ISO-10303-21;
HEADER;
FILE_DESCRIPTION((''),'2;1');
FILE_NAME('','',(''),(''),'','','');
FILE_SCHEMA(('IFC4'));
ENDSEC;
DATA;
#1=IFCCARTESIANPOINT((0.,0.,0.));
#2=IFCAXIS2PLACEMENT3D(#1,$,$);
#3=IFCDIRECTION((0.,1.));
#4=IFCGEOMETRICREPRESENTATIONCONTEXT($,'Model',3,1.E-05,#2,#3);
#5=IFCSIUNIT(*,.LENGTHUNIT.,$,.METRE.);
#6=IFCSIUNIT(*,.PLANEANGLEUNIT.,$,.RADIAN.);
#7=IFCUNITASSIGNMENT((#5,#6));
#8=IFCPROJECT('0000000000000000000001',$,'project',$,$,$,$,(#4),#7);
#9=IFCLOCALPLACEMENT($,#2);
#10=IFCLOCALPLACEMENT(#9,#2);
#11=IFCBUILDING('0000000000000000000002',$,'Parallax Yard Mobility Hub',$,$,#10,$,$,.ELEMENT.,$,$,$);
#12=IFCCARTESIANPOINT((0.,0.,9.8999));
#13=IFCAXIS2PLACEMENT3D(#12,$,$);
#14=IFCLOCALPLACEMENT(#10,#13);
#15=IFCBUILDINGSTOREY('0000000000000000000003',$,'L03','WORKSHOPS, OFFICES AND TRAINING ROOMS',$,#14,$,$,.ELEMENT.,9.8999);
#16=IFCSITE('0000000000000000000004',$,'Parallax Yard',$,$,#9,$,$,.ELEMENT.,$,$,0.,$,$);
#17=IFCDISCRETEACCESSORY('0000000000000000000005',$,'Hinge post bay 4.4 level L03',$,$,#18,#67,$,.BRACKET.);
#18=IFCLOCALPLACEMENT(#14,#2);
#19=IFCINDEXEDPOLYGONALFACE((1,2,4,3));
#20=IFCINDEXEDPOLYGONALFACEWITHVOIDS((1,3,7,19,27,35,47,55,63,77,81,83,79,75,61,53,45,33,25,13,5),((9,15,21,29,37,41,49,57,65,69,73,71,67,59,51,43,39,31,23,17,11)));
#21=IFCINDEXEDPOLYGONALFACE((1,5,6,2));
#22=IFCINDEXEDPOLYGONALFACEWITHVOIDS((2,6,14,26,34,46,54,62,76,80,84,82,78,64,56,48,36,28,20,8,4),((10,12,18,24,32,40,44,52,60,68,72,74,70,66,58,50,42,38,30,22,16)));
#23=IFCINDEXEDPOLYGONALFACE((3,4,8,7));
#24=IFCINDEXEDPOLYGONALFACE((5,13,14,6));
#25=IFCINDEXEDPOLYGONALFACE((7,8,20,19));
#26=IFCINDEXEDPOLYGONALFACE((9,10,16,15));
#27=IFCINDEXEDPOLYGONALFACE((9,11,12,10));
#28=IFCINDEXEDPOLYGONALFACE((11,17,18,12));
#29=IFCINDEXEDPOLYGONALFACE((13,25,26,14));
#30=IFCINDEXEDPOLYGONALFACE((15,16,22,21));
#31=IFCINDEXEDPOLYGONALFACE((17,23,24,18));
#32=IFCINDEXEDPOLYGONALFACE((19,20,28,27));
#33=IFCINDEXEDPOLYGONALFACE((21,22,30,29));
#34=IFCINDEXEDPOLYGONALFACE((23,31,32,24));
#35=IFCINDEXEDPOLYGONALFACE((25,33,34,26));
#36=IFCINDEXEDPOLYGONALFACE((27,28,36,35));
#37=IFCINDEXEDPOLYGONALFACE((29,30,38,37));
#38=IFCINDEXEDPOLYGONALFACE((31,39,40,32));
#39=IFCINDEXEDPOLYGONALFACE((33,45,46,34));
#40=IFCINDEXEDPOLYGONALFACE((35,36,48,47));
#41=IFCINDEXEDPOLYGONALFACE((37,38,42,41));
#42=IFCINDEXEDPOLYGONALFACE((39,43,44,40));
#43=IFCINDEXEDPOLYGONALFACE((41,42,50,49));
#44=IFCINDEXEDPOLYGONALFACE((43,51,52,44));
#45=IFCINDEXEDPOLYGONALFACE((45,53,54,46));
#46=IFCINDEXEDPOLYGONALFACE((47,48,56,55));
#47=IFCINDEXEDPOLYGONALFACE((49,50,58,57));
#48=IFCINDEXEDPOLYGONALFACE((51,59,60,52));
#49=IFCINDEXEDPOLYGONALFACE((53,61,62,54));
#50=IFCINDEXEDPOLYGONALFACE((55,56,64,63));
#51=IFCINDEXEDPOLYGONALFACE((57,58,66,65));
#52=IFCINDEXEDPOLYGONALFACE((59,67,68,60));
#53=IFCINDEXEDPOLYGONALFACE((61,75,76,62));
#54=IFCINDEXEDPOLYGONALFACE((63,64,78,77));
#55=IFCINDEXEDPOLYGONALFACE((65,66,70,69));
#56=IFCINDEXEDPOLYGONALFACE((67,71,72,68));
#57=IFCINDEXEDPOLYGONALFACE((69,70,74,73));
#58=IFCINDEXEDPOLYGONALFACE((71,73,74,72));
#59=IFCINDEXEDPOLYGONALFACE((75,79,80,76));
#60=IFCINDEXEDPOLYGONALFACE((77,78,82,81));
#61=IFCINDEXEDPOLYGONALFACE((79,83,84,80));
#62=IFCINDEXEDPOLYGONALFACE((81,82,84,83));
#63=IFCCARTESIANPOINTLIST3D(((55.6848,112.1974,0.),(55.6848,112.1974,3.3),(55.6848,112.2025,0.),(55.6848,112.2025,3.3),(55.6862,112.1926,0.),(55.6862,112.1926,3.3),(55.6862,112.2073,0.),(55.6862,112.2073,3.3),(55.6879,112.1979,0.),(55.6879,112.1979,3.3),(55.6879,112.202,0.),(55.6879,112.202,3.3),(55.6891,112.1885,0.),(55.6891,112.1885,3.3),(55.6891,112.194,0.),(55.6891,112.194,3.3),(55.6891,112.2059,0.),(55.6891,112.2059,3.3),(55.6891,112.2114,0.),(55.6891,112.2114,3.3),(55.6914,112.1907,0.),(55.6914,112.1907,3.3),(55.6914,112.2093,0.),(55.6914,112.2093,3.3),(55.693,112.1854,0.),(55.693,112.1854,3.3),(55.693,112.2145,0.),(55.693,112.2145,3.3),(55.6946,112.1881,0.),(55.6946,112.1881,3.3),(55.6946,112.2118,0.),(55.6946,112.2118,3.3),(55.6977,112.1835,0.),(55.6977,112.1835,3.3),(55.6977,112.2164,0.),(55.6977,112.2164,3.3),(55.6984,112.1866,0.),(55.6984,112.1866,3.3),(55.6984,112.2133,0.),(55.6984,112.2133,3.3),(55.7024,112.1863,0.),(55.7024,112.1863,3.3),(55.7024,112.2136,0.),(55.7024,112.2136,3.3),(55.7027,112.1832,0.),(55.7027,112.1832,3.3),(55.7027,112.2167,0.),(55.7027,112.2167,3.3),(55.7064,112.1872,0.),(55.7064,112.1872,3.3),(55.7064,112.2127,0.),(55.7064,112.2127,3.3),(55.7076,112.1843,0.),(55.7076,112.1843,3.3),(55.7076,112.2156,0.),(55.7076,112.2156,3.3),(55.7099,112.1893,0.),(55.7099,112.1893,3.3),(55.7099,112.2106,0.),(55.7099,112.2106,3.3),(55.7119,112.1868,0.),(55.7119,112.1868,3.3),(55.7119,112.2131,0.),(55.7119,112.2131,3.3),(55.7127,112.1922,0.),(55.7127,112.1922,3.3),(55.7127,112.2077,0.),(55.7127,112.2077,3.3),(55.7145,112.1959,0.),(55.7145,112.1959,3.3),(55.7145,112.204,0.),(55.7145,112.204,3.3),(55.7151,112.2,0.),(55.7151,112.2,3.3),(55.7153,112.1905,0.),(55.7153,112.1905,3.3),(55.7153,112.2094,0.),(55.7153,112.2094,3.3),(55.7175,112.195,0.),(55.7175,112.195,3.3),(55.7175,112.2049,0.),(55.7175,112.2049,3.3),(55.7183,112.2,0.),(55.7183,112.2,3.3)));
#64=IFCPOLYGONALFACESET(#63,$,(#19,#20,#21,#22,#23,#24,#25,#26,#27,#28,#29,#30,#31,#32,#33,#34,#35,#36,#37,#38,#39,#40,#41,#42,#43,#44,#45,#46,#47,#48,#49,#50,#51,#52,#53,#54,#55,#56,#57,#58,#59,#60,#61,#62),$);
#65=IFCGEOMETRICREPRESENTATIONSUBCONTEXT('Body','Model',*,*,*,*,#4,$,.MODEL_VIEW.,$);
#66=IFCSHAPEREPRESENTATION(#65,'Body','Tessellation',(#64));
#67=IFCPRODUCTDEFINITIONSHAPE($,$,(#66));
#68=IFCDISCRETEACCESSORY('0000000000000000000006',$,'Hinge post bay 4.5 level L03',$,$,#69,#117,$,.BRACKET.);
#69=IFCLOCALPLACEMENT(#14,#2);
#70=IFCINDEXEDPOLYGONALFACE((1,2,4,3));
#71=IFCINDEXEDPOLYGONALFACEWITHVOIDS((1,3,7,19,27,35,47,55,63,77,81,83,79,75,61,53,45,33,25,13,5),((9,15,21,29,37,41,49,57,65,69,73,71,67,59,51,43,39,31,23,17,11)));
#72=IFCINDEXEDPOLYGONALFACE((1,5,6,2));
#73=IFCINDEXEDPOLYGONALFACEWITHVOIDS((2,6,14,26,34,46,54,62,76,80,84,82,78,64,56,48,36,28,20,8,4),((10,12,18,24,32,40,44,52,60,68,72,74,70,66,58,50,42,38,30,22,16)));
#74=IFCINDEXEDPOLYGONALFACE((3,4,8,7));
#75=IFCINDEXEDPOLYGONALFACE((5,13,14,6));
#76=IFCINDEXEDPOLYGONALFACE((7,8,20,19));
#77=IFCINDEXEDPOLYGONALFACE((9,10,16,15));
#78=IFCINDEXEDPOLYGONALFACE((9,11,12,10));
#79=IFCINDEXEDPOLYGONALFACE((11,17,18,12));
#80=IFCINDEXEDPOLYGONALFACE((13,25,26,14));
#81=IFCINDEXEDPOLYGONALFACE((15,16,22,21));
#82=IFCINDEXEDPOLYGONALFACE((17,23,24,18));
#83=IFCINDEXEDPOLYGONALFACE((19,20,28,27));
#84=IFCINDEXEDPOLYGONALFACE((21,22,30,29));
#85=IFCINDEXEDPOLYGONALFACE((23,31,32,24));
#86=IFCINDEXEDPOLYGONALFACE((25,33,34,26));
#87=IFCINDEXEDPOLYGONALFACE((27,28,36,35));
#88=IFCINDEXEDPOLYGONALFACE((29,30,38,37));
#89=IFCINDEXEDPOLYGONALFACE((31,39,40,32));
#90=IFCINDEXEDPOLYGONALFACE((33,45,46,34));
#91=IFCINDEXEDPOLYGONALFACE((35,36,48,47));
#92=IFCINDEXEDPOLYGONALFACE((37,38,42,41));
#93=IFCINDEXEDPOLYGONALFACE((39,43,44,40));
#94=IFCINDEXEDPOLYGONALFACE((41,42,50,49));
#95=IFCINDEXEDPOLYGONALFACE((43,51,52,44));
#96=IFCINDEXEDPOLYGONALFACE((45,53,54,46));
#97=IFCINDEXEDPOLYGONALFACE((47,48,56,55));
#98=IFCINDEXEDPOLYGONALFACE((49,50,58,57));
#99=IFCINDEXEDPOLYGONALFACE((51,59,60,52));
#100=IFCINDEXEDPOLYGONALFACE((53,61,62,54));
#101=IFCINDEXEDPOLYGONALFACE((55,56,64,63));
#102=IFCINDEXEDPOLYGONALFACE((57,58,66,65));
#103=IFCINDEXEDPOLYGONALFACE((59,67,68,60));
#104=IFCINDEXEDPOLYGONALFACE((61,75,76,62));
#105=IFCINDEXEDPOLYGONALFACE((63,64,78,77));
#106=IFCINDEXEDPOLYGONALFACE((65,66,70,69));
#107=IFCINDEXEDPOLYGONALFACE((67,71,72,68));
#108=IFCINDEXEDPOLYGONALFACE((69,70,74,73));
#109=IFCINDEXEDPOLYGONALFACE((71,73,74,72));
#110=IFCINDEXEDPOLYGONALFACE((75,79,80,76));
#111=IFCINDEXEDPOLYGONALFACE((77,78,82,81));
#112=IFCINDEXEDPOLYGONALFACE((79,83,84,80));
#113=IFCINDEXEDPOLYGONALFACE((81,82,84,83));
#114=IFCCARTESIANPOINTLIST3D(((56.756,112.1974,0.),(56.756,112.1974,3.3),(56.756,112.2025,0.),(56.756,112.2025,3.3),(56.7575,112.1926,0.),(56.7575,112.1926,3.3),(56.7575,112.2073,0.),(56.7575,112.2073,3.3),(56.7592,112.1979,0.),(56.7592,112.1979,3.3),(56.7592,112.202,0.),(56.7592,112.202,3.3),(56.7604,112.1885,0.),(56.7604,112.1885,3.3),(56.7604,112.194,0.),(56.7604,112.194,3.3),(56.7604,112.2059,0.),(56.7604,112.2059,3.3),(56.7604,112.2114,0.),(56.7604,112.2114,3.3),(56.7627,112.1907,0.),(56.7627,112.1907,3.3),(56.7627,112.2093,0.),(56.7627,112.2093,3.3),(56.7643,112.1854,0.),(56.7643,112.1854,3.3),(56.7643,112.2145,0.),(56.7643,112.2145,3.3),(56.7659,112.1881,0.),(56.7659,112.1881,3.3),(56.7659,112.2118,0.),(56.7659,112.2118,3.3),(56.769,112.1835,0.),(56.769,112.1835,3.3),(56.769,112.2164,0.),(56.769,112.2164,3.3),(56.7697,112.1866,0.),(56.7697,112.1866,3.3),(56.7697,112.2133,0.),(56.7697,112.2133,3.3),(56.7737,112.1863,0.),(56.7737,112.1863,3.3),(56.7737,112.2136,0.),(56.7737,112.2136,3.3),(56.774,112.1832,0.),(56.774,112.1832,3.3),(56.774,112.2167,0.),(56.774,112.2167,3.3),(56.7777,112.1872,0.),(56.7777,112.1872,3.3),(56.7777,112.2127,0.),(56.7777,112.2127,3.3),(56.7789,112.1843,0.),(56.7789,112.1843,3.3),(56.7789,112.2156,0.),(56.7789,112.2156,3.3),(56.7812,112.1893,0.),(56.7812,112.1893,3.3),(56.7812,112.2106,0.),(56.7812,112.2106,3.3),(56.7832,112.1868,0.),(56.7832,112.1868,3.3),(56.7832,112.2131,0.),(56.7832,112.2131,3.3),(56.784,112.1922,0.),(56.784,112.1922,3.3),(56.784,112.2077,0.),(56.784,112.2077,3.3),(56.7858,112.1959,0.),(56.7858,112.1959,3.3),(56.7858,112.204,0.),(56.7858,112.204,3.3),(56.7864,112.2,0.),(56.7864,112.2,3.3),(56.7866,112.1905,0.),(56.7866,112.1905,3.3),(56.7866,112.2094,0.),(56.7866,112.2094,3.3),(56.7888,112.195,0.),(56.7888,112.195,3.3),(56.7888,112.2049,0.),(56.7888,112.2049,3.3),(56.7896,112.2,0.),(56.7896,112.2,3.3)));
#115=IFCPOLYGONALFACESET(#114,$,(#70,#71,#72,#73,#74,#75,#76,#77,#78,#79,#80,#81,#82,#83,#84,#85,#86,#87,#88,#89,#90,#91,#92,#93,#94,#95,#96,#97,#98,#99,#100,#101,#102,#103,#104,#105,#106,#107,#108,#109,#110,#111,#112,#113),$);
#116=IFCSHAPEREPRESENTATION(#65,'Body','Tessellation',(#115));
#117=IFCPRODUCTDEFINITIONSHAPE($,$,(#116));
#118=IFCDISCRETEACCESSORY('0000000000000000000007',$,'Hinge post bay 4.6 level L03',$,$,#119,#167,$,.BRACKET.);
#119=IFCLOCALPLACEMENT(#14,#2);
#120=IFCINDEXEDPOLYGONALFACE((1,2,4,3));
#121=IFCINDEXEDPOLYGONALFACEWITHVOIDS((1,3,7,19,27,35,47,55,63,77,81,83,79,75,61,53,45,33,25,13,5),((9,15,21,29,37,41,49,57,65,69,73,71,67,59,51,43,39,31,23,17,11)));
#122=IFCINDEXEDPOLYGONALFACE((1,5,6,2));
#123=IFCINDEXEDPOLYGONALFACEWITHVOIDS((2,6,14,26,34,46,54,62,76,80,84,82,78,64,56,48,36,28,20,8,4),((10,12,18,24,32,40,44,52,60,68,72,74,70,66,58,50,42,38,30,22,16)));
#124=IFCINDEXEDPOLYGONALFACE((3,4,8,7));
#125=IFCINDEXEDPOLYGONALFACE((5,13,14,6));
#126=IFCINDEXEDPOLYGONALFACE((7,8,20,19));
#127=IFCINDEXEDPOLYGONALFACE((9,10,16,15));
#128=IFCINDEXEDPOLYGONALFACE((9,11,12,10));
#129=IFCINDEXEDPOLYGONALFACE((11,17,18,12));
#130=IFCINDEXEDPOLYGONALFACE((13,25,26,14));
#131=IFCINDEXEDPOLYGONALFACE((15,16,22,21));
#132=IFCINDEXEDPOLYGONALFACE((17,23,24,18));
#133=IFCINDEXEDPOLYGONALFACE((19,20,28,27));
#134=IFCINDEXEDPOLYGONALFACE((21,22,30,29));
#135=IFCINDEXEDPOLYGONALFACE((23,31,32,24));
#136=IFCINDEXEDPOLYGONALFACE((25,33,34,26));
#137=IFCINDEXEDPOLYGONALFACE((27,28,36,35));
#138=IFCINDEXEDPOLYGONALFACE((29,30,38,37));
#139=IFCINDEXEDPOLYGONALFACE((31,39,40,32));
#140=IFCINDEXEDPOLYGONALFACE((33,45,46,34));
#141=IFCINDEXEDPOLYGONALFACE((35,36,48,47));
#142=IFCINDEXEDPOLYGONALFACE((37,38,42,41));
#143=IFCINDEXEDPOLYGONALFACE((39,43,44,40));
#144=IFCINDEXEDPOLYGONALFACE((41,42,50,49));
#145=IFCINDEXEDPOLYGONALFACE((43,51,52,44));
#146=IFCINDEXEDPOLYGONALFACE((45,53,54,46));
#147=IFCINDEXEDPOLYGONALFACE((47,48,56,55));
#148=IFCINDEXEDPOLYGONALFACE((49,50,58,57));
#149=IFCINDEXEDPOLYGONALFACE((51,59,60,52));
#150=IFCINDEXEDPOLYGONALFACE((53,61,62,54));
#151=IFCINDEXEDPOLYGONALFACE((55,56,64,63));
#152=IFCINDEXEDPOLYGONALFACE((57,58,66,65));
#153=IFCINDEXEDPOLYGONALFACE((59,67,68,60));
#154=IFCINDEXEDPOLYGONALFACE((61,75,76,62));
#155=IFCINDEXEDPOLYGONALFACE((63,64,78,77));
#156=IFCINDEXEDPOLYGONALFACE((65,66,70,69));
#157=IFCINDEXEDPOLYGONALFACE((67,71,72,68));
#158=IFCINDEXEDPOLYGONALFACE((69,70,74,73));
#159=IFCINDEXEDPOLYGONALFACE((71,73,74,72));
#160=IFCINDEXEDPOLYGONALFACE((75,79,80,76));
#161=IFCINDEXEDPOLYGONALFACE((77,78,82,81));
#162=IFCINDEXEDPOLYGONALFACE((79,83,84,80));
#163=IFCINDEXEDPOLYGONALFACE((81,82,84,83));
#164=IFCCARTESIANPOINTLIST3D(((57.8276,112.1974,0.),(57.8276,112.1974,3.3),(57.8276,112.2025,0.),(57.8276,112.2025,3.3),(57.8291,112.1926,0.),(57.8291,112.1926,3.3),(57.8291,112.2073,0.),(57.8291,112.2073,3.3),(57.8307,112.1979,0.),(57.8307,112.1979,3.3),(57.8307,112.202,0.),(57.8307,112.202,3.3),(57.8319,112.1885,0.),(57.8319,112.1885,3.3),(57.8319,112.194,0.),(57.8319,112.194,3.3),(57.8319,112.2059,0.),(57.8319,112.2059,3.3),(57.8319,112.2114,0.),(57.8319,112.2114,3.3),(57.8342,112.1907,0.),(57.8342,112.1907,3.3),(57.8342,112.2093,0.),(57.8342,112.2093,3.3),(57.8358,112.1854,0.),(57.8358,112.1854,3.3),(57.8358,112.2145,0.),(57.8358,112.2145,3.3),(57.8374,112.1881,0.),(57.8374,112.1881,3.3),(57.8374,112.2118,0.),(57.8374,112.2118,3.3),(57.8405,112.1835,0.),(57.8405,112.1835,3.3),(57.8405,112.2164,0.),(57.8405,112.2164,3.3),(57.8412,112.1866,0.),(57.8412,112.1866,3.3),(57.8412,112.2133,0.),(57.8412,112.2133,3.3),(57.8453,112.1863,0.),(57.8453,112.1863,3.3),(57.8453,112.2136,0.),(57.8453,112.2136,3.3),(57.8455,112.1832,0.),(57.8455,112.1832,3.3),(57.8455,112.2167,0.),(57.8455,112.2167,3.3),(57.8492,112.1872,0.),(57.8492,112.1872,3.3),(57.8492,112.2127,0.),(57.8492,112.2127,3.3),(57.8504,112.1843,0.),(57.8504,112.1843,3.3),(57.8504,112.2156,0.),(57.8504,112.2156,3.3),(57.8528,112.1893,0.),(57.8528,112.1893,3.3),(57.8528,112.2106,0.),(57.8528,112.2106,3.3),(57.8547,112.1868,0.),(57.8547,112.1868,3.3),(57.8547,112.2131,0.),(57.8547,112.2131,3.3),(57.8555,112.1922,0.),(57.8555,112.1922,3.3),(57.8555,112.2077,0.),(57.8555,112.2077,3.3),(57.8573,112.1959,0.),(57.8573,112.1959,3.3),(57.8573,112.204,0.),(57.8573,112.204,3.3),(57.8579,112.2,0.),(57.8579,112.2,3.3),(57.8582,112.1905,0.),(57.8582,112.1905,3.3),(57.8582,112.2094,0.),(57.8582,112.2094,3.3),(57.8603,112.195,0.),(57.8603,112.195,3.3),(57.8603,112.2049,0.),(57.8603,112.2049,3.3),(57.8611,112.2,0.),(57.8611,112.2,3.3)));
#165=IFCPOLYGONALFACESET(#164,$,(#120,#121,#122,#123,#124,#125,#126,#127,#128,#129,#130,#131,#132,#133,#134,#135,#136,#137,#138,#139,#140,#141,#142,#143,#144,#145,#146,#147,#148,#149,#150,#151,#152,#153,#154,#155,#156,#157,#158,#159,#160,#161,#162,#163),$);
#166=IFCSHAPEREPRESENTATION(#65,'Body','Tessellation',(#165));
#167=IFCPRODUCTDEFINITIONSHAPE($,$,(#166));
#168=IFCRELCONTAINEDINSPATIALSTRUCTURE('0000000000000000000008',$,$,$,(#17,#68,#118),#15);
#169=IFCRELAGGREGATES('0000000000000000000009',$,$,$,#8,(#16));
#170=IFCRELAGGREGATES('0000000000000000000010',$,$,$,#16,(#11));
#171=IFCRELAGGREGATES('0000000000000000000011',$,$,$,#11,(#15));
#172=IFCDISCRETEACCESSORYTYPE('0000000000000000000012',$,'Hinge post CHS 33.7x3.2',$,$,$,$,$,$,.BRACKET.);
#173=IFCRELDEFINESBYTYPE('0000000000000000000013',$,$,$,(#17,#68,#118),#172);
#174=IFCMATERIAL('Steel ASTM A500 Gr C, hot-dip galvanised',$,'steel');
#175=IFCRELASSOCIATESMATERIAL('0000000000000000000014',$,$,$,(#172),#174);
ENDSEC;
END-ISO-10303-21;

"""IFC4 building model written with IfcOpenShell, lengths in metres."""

from ifc_helpers import new_model, si_unit, direction, frame, origin, origin_2d, place, context, subcontext, project, spatial, hollow_circle, extrude, material, material_profile, profile_set, type_object, element, save


model = new_model("IFC4")

# Units and contexts
model_context = context("Model", 3, precision=1e-05, world=origin(), true_north=direction((0.0, 1.0)))
body_context = subcontext(model_context, "Body", "Model", "MODEL_VIEW")
ifc_project = project(units=[si_unit("LENGTHUNIT", "METRE"), si_unit("PLANEANGLEUNIT", "RADIAN")], contexts=[model_context])

# Site, building, storey
site_placement = place(None, origin())
site = spatial("IfcSite", under=ifc_project, at=site_placement, Name="Parallax Yard", CompositionType="ELEMENT", RefElevation=0.0)
building_placement = place(site_placement, origin())
building = spatial("IfcBuilding", under=site, at=building_placement, Name="Parallax Yard Mobility Hub", CompositionType="ELEMENT")
storey_placement = place(building_placement, frame((0.0, 0.0, 9.8999)))
storey = spatial("IfcBuildingStorey", under=building, at=storey_placement, Name="L03", Description="WORKSHOPS, OFFICES AND TRAINING ROOMS", CompositionType="ELEMENT", Elevation=9.8999)

# Discrete accessories
ifc_material_1 = material(Name="Steel ASTM A500 Gr C, hot-dip galvanised", Category="steel")
ifc_material_profile_1 = material_profile(ifc_material_1, hollow_circle(Radius=0.0168, WallThickness=0.0032, at=origin_2d()), Name="CHS 33.7x3.2")
ifc_profile_set_1 = profile_set([ifc_material_profile_1], Name="Steel ASTM A500 Gr C, hot-dip galvanised")
discrete_accessory_type_1 = type_object("IfcDiscreteAccessoryType", Name="Hinge post CHS 33.7x3.2", PredefinedType="BRACKET", material=ifc_profile_set_1)
for number, where, z_axis, x_axis, name in (
    (1, (55.7014, 112.2, 0.0), (0.0, 0.0, 1.0), (1.0, 0.0, 0.0), "Hinge post bay 4.4 level L03"),
    (2, (56.7727, 112.2, 0.0), (0.0, 0.0, 1.0), (1.0, 0.0, 0.0), "Hinge post bay 4.5 level L03"),
    (3, (57.8442, 112.2, 0.0), (0.0, 0.0, 1.0), (1.0, 0.0, 0.0), "Hinge post bay 4.6 level L03"),
):
    element("IfcDiscreteAccessory", number, at=place(storey_placement, frame(where, z_axis=z_axis, x_axis=x_axis)), inside=storey, type_object=discrete_accessory_type_1, Name=name, PredefinedType="BRACKET", context=body_context, shape_type="SweptSolid", body=[
        extrude(hollow_circle(Radius=0.0168, WallThickness=0.0032, at=origin_2d()), origin(), (0.0, 0.0, 1.0), 3.3),
    ])

save(model, "model.ifc")
